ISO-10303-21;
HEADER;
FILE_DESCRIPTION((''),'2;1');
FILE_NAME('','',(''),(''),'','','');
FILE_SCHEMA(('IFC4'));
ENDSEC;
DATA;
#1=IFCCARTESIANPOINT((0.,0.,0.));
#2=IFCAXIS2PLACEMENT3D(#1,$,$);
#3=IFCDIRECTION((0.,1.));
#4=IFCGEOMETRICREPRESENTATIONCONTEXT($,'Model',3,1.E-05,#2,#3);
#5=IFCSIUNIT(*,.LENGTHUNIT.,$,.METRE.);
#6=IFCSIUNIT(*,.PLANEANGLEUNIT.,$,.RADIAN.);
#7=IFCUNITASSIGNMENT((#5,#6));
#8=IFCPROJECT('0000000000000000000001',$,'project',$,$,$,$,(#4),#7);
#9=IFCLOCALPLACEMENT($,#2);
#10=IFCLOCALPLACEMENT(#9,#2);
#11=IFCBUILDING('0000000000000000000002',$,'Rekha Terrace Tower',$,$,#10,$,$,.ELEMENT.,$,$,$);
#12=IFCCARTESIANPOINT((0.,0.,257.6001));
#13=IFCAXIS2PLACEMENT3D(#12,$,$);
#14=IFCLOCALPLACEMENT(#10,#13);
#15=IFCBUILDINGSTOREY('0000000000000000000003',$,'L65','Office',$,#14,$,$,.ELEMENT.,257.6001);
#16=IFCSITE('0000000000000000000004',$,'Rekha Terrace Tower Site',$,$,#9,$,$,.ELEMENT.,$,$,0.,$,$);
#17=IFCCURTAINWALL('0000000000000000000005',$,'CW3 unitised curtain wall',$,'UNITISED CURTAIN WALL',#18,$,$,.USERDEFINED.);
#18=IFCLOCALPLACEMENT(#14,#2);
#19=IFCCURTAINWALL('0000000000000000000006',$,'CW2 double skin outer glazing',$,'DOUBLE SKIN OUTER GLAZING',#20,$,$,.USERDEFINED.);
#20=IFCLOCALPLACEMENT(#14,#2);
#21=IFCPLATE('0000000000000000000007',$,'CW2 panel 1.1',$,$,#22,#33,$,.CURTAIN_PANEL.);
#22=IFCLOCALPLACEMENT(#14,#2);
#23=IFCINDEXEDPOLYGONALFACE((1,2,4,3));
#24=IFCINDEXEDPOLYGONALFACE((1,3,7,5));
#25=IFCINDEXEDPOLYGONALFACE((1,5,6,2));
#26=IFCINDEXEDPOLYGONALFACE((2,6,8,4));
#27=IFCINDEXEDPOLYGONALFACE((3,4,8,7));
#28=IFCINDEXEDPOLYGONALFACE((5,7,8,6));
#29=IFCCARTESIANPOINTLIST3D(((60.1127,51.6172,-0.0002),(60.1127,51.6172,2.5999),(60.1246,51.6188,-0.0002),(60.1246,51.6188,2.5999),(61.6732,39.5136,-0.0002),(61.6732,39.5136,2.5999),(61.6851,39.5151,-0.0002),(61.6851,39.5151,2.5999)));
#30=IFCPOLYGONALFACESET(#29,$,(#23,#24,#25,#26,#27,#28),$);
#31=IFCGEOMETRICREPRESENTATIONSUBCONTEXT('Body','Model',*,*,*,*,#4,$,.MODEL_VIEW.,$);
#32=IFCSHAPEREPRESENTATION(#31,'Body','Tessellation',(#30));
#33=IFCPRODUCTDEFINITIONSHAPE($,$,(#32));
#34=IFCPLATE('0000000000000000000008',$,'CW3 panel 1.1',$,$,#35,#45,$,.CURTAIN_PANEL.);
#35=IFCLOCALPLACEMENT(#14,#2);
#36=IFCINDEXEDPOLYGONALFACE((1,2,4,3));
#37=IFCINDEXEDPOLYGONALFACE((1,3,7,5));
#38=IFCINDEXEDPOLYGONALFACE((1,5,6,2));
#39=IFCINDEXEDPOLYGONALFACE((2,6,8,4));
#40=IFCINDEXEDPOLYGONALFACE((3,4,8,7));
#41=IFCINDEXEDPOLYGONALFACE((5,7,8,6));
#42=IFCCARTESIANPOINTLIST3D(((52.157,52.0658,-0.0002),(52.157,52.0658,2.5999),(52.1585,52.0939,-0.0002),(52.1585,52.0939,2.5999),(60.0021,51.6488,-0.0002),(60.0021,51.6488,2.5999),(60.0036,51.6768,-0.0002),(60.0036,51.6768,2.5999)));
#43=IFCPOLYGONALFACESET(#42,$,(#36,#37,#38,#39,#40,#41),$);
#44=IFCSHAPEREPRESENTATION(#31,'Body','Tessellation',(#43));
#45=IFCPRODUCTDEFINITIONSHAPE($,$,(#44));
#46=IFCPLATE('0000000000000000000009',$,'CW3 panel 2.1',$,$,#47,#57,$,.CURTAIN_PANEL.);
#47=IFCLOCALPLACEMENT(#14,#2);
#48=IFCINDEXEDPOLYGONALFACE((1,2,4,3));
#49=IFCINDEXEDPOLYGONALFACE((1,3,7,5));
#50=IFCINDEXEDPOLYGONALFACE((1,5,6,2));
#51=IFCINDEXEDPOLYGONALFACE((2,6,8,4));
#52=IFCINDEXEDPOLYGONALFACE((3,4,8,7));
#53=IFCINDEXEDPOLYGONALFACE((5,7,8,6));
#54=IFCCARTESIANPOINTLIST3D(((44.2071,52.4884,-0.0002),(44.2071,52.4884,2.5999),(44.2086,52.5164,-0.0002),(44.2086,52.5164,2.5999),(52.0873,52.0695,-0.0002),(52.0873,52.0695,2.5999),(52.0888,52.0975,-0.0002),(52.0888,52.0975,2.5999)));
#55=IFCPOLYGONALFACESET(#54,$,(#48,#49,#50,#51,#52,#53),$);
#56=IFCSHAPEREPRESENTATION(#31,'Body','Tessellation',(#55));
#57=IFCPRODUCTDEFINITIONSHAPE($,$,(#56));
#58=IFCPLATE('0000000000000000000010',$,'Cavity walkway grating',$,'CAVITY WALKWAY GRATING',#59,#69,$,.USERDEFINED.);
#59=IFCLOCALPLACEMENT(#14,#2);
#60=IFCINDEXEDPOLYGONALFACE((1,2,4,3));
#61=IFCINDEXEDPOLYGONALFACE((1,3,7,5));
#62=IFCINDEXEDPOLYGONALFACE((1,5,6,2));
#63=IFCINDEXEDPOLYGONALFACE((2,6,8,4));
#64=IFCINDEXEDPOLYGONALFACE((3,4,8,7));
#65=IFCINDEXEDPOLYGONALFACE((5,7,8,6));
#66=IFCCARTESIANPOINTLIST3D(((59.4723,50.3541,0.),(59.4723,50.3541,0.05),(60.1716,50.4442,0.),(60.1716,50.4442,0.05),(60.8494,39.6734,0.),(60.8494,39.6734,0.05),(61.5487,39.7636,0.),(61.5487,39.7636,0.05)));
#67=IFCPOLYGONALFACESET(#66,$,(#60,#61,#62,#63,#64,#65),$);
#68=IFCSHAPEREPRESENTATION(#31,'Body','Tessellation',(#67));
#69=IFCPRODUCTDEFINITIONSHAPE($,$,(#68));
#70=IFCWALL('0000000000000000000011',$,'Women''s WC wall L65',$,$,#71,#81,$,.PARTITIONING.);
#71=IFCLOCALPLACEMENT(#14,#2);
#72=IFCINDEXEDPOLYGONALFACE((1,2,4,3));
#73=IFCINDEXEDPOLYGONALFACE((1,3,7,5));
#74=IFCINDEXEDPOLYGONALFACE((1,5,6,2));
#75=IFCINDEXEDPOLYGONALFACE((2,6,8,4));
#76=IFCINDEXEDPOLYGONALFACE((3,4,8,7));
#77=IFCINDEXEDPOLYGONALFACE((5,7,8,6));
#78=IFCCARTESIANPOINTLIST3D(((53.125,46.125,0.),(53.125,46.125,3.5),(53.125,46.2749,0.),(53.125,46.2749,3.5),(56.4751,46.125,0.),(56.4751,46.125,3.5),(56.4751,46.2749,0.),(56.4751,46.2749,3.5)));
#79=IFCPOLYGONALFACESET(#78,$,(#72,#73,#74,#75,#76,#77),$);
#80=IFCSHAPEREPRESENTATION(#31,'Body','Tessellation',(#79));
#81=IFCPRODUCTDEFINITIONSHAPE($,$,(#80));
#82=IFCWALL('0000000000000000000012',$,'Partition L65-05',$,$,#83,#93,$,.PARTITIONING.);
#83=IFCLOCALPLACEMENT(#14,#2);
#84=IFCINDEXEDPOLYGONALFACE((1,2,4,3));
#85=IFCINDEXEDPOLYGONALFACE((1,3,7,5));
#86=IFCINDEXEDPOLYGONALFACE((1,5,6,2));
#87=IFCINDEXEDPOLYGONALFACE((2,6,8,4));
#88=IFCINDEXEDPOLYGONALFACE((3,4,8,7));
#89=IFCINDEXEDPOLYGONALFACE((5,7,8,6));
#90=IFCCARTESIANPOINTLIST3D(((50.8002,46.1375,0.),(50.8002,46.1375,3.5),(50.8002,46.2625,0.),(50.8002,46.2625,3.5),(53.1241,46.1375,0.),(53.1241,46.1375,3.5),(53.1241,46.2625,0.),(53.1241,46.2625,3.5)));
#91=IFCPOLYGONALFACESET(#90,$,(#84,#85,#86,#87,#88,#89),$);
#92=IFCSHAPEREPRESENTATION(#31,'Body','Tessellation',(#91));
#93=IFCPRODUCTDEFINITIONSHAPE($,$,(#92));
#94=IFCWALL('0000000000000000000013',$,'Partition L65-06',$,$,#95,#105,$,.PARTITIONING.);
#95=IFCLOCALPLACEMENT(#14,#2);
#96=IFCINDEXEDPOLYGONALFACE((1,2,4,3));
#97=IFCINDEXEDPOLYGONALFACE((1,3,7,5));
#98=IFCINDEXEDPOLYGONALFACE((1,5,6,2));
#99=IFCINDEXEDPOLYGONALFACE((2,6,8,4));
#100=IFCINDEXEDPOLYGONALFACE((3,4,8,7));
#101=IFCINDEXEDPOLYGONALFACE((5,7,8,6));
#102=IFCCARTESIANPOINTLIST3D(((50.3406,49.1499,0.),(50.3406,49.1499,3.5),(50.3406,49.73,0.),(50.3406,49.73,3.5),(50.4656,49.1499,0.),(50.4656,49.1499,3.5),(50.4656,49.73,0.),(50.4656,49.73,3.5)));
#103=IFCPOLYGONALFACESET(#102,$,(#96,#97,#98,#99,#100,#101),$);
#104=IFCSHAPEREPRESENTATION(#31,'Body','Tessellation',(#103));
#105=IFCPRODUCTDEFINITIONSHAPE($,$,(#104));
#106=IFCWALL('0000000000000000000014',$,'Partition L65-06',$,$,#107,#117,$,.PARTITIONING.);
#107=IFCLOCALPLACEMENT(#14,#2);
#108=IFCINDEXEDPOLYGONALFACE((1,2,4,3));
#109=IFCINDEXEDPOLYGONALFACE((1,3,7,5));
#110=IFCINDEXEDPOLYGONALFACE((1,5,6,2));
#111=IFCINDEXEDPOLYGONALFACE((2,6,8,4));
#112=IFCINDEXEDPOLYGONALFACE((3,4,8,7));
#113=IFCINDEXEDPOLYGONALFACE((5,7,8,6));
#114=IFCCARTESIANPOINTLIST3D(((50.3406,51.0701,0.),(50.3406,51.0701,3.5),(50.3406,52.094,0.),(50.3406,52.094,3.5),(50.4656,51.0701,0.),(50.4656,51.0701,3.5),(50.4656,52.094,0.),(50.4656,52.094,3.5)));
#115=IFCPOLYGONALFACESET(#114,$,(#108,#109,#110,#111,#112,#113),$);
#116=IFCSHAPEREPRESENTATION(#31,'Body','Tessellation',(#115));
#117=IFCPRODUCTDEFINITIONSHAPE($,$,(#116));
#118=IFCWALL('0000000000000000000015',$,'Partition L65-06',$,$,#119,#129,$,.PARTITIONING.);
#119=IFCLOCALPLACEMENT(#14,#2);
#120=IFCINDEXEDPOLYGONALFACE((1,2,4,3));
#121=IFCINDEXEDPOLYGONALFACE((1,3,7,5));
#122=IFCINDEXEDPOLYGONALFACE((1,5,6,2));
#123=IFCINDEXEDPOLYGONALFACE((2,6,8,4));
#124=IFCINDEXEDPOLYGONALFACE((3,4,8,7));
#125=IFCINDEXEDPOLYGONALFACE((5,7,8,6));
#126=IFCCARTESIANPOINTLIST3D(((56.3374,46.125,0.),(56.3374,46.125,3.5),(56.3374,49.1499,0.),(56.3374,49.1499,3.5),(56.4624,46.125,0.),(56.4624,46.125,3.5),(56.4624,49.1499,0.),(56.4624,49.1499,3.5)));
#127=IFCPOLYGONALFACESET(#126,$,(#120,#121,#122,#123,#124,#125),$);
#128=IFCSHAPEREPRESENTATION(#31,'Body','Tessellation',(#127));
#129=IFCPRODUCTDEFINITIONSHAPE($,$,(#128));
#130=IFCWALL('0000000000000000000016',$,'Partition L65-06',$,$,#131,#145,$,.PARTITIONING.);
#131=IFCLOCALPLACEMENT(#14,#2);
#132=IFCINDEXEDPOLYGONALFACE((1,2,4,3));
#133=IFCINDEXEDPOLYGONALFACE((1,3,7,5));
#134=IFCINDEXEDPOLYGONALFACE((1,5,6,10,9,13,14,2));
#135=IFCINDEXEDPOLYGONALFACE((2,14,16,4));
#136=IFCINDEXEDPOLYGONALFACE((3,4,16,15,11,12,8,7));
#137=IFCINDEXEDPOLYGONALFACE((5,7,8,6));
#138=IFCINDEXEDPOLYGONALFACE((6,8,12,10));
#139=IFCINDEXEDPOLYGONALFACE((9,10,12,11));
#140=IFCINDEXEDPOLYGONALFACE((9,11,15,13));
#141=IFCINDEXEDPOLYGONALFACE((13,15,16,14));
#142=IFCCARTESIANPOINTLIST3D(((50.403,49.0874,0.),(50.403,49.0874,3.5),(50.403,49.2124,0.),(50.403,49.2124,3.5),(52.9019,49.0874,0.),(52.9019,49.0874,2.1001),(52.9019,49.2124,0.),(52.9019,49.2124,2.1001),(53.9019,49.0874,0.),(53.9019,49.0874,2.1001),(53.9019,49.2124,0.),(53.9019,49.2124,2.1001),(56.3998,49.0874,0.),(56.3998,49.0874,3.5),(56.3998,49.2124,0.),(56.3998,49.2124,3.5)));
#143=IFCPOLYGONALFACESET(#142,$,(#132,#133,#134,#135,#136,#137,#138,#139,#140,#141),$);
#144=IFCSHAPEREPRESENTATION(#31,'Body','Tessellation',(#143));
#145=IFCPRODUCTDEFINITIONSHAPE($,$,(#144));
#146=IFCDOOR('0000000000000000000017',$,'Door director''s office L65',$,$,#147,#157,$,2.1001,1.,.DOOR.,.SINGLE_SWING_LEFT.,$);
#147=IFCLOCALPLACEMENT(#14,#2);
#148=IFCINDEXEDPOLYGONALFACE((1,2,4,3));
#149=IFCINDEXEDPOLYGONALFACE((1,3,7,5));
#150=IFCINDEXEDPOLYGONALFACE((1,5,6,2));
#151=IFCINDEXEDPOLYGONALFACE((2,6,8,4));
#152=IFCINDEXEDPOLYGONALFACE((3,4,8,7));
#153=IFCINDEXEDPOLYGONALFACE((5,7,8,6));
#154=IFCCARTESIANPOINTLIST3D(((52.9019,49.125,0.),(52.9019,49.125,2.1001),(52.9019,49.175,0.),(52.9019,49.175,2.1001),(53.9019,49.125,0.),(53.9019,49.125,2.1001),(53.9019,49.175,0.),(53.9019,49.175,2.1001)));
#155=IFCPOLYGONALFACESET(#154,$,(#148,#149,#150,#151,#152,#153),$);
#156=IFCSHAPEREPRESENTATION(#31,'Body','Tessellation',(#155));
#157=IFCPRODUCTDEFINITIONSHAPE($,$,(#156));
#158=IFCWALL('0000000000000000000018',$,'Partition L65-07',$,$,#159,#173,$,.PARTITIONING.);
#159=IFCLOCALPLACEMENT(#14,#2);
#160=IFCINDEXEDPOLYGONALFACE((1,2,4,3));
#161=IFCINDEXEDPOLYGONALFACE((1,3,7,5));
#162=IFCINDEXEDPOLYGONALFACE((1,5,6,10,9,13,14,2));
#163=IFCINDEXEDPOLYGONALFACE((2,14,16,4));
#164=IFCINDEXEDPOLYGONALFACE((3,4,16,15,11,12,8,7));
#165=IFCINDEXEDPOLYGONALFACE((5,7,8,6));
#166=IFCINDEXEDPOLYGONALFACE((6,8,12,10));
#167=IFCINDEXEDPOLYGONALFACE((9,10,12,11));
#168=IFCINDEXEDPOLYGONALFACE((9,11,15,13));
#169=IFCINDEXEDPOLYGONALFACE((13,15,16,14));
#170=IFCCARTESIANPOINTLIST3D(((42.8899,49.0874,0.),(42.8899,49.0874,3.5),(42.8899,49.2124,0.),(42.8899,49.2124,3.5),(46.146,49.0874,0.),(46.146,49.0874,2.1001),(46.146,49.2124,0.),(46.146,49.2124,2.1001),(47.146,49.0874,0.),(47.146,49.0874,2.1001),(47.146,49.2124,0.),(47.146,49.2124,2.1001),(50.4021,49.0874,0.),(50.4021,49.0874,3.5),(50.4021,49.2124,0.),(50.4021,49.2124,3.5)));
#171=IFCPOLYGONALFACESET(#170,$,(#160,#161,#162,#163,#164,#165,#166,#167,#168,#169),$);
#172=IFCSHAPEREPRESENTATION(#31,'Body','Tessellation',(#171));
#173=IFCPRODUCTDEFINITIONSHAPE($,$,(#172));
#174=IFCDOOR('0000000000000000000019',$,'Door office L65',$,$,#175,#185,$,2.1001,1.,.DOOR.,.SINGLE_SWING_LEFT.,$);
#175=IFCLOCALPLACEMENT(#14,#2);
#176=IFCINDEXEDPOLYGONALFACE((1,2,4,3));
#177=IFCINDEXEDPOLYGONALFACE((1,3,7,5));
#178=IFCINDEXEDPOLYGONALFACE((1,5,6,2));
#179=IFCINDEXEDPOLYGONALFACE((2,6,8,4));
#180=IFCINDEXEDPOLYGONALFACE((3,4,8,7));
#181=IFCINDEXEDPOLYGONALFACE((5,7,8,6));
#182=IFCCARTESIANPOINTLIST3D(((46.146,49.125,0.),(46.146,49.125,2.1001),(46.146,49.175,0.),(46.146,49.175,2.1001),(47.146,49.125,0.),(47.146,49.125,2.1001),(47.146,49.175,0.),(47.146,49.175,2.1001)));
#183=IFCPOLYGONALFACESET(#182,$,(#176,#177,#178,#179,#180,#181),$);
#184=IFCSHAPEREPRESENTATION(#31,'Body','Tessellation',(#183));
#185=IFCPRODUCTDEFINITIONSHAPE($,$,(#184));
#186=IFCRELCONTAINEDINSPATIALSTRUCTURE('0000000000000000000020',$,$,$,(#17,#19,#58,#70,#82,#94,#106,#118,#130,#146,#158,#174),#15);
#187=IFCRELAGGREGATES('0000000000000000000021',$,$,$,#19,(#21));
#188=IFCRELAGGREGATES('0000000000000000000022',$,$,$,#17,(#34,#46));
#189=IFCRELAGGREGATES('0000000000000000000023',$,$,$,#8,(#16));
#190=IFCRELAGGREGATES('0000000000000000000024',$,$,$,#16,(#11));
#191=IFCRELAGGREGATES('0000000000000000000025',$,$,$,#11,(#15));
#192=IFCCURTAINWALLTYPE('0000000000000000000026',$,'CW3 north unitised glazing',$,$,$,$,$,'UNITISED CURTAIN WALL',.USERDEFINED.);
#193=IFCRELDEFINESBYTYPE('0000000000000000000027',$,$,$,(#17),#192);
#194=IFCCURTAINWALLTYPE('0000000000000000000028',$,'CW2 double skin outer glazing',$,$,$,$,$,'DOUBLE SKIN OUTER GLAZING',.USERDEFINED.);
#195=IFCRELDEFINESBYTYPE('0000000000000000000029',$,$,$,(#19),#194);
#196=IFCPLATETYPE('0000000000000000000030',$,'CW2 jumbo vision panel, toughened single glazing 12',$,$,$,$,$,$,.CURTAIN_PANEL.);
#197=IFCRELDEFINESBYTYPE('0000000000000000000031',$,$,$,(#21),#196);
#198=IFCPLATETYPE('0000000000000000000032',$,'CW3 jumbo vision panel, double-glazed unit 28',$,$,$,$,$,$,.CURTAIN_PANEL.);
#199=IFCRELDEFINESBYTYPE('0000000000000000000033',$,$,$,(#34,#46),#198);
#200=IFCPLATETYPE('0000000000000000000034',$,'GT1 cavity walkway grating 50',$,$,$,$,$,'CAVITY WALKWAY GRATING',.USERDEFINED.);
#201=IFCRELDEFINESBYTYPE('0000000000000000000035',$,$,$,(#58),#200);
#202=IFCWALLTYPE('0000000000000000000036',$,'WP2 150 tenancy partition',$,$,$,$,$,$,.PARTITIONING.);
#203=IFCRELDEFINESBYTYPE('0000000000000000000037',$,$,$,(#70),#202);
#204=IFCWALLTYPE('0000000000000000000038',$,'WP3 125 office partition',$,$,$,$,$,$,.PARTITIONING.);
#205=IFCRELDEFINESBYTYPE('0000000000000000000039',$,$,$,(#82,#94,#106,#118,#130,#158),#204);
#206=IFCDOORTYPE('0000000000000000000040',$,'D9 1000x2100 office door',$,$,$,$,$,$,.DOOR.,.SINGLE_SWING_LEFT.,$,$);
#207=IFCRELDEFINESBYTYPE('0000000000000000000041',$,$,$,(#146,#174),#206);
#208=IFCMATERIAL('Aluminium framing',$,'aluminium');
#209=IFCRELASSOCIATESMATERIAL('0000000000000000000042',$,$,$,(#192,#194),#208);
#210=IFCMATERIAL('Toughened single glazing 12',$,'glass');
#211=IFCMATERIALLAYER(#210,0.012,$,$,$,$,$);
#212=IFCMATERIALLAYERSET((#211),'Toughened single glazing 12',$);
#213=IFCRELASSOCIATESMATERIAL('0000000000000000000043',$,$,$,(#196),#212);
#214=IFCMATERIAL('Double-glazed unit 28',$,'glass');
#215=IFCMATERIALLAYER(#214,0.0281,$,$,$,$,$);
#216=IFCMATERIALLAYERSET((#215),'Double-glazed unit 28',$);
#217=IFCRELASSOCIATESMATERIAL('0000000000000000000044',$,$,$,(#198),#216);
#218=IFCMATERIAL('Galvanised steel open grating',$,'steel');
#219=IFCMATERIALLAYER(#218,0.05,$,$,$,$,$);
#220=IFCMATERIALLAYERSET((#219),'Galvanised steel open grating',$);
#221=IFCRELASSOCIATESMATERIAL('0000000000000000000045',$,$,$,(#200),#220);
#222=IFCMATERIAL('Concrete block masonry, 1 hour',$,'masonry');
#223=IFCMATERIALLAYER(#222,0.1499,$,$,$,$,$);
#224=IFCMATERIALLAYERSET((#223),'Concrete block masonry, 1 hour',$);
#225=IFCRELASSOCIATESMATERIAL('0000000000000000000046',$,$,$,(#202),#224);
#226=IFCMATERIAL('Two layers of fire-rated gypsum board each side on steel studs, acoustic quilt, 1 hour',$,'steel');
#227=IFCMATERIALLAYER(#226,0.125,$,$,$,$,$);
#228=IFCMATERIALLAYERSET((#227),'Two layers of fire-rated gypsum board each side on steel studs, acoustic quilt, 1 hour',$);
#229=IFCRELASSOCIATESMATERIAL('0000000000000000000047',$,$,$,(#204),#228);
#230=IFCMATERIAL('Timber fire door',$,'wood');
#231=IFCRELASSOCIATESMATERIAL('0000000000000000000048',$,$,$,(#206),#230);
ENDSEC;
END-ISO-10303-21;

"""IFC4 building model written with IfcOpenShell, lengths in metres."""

from ifc_helpers import new_model, si_unit, direction, frame, frame_2d, origin, origin_2d, place, context, subcontext, project, spatial, rectangle, extrude, material, layer, layer_set, type_object, element, fill, aggregate, save


model = new_model("IFC4")

# Units and contexts
model_context = context("Model", 3, precision=1e-05, world=origin(), true_north=direction((0.0, 1.0)))
body_context = subcontext(model_context, "Body", "Model", "MODEL_VIEW")
ifc_project = project(units=[si_unit("LENGTHUNIT", "METRE"), si_unit("PLANEANGLEUNIT", "RADIAN")], contexts=[model_context])

# Site, building, storey
site_placement = place(None, origin())
site = spatial("IfcSite", under=ifc_project, at=site_placement, Name="Rekha Terrace Tower Site", CompositionType="ELEMENT", RefElevation=0.0)
building_placement = place(site_placement, origin())
building = spatial("IfcBuilding", under=site, at=building_placement, Name="Rekha Terrace Tower", CompositionType="ELEMENT")
storey_placement = place(building_placement, frame((0.0, 0.0, 257.6001)))
storey = spatial("IfcBuildingStorey", under=building, at=storey_placement, Name="L65", Description="Office", CompositionType="ELEMENT", Elevation=257.6001)

# Curtain walls
ifc_material_1 = material(Name="Aluminium framing", Category="aluminium")
curtain_wall_type_1 = type_object("IfcCurtainWallType", Name="CW3 north unitised glazing", ElementType="UNITISED CURTAIN WALL", PredefinedType="USERDEFINED", material=ifc_material_1)
curtain_wall_1_placement = place(storey_placement, origin())
curtain_wall_1 = element("IfcCurtainWall", 1, at=curtain_wall_1_placement, inside=storey, type_object=curtain_wall_type_1, Name="CW3 unitised curtain wall", ObjectType="UNITISED CURTAIN WALL", PredefinedType="USERDEFINED")
curtain_wall_type_2 = type_object("IfcCurtainWallType", Name="CW2 double skin outer glazing", ElementType="DOUBLE SKIN OUTER GLAZING", PredefinedType="USERDEFINED", material=ifc_material_1)
curtain_wall_2_placement = place(storey_placement, origin())
curtain_wall_2 = element("IfcCurtainWall", 2, at=curtain_wall_2_placement, inside=storey, type_object=curtain_wall_type_2, Name="CW2 double skin outer glazing", ObjectType="DOUBLE SKIN OUTER GLAZING", PredefinedType="USERDEFINED")

# Plates
ifc_material_2 = material(Name="Toughened single glazing 12", Category="glass")
ifc_layer_1 = layer(ifc_material_2, 0.012)
ifc_layer_set_1 = layer_set([ifc_layer_1], Name="Toughened single glazing 12")
plate_type_1 = type_object("IfcPlateType", Name="CW2 jumbo vision panel, toughened single glazing 12", PredefinedType="CURTAIN_PANEL", material=ifc_layer_set_1)
plate_1_placement = place(storey_placement, frame((60.8989, 45.5662, -0.0002), z_axis=(0.0, 0.0, 1.0), x_axis=(-0.12787, 0.991791, 0.0)))
plate_1 = element("IfcPlate", 3, at=plate_1_placement, type_object=plate_type_1, Name="CW2 panel 1.1", PredefinedType="CURTAIN_PANEL", context=body_context, shape_type="SweptSolid", body=[
    extrude(rectangle(XDim=12.2039, YDim=0.012, at=origin_2d()), origin(), (0.0, 0.0, 1.0), 2.6001),
])
aggregate(curtain_wall_2, [plate_1])
ifc_material_3 = material(Name="Double-glazed unit 28", Category="glass")
ifc_layer_2 = layer(ifc_material_3, 0.0281)
ifc_layer_set_2 = layer_set([ifc_layer_2], Name="Double-glazed unit 28")
plate_type_2 = type_object("IfcPlateType", Name="CW3 jumbo vision panel, double-glazed unit 28", PredefinedType="CURTAIN_PANEL", material=ifc_layer_set_2)
plate_2_placement = place(storey_placement, frame((56.0803, 51.8713, -0.0002), z_axis=(0.0, 0.0, 1.0), x_axis=(-0.99859, 0.053083, 0.0)))
plate_2 = element("IfcPlate", 4, at=plate_2_placement, type_object=plate_type_2, Name="CW3 panel 1.1", PredefinedType="CURTAIN_PANEL", context=body_context, shape_type="SweptSolid", body=[
    extrude(rectangle(XDim=7.8562, YDim=0.0281, at=origin_2d()), origin(), (0.0, 0.0, 1.0), 2.6001),
])
plate_3_placement = place(storey_placement, frame((48.1479, 52.293, -0.0002), z_axis=(0.0, 0.0, 1.0), x_axis=(-0.99859, 0.053083, 0.0)))
plate_3 = element("IfcPlate", 5, at=plate_3_placement, type_object=plate_type_2, Name="CW3 panel 2.1", PredefinedType="CURTAIN_PANEL", context=body_context, shape_type="SweptSolid", body=[
    extrude(rectangle(XDim=7.8914, YDim=0.0281, at=origin_2d()), origin(), (0.0, 0.0, 1.0), 2.6001),
])
aggregate(curtain_wall_1, [plate_2, plate_3])
ifc_material_4 = material(Name="Galvanised steel open grating", Category="steel")
ifc_layer_3 = layer(ifc_material_4, 0.05)
ifc_layer_set_3 = layer_set([ifc_layer_3], Name="Galvanised steel open grating")
plate_type_3 = type_object("IfcPlateType", Name="GT1 cavity walkway grating 50", ElementType="CAVITY WALKWAY GRATING", PredefinedType="USERDEFINED", material=ifc_layer_set_3)
plate_4_placement = place(storey_placement, frame((60.5105, 45.0588, 0.0), z_axis=(0.0, 0.0, 1.0), x_axis=(-0.12787, 0.991791, 0.0)))
element("IfcPlate", 6, at=plate_4_placement, inside=storey, type_object=plate_type_3, Name="Cavity walkway grating", ObjectType="CAVITY WALKWAY GRATING", PredefinedType="USERDEFINED", context=body_context, shape_type="SweptSolid", body=[
    extrude(rectangle(XDim=10.769, YDim=0.7051, at=origin_2d()), origin(), (0.0, 0.0, 1.0), 0.05),
])

# Walls
ifc_material_5 = material(Name="Concrete block masonry, 1 hour", Category="masonry")
ifc_layer_4 = layer(ifc_material_5, 0.1499)
ifc_layer_set_4 = layer_set([ifc_layer_4], Name="Concrete block masonry, 1 hour")
wall_type_1 = type_object("IfcWallType", Name="WP2 150 tenancy partition", PredefinedType="PARTITIONING", material=ifc_layer_set_4)
wall_1_placement = place(storey_placement, frame((53.125, 46.2, 0.0), z_axis=(0.0, 0.0, 1.0), x_axis=(1.0, 0.0, 0.0)))
element("IfcWall", 7, at=wall_1_placement, inside=storey, type_object=wall_type_1, Name="Women's WC wall L65", PredefinedType="PARTITIONING", context=body_context, shape_type="SweptSolid", body=[
    extrude(rectangle(XDim=3.3501, YDim=0.1499, at=frame_2d((1.675, 0.0))), origin(), (0.0, 0.0, 1.0), 3.5),
])
ifc_material_6 = material(Name="Two layers of fire-rated gypsum board each side on steel studs, acoustic quilt, 1 hour", Category="steel")
ifc_layer_5 = layer(ifc_material_6, 0.125)
ifc_layer_set_5 = layer_set([ifc_layer_5], Name="Two layers of fire-rated gypsum board each side on steel studs, acoustic quilt, 1 hour")
wall_type_2 = type_object("IfcWallType", Name="WP3 125 office partition", PredefinedType="PARTITIONING", material=ifc_layer_set_5)
wall_2_placement = place(storey_placement, frame((50.8, 46.2, 0.0), z_axis=(0.0, 0.0, 1.0), x_axis=(1.0, 0.0, 0.0)))
element("IfcWall", 8, at=wall_2_placement, inside=storey, type_object=wall_type_2, Name="Partition L65-05", PredefinedType="PARTITIONING", context=body_context, shape_type="SweptSolid", body=[
    extrude(rectangle(XDim=2.324, YDim=0.125, at=frame_2d((1.1621, 0.0))), origin(), (0.0, 0.0, 1.0), 3.5),
])
wall_3_placement = place(storey_placement, frame((50.4031, 49.1499, 0.0), z_axis=(0.0, 0.0, 1.0), x_axis=(0.0, 1.0, 0.0)))
element("IfcWall", 9, at=wall_3_placement, inside=storey, type_object=wall_type_2, Name="Partition L65-06", PredefinedType="PARTITIONING", context=body_context, shape_type="SweptSolid", body=[
    extrude(rectangle(XDim=0.5801, YDim=0.125, at=frame_2d((0.29, 0.0))), origin(), (0.0, 0.0, 1.0), 3.5),
])
wall_4_placement = place(storey_placement, frame((50.4031, 51.0701, 0.0), z_axis=(0.0, 0.0, 1.0), x_axis=(0.0, 1.0, 0.0)))
element("IfcWall", 10, at=wall_4_placement, inside=storey, type_object=wall_type_2, Name="Partition L65-06", PredefinedType="PARTITIONING", context=body_context, shape_type="SweptSolid", body=[
    extrude(rectangle(XDim=1.0239, YDim=0.125, at=frame_2d((0.512, 0.0))), origin(), (0.0, 0.0, 1.0), 3.5),
])
wall_5_placement = place(storey_placement, frame((56.3999, 46.125, 0.0), z_axis=(0.0, 0.0, 1.0), x_axis=(0.0, 1.0, 0.0)))
element("IfcWall", 11, at=wall_5_placement, inside=storey, type_object=wall_type_2, Name="Partition L65-06", PredefinedType="PARTITIONING", context=body_context, shape_type="SweptSolid", body=[
    extrude(rectangle(XDim=3.0249, YDim=0.125, at=frame_2d((1.5125, 0.0))), origin(), (0.0, 0.0, 1.0), 3.5),
])

# Walls, openings, doors
wall_6_placement = place(storey_placement, frame((56.3999, 49.1499, 0.0), z_axis=(0.0, 0.0, 1.0), x_axis=(-1.0, 0.0, 0.0)))
wall_6 = element("IfcWall", 12, at=wall_6_placement, inside=storey, type_object=wall_type_2, Name="Partition L65-06", PredefinedType="PARTITIONING", context=body_context, shape_type="SweptSolid", body=[
    extrude(rectangle(XDim=5.9968, YDim=0.125, at=frame_2d((2.9985, 0.0))), origin(), (0.0, 0.0, 1.0), 3.5),
])
opening_1_placement = place(wall_6_placement, frame((2.498, 0.0, 0.0)))
opening_1 = element("IfcOpeningElement", 13, at=opening_1_placement, cuts=wall_6, PredefinedType="OPENING", context=body_context, shape_type="SweptSolid", body=[
    extrude(rectangle(XDim=1.0, YDim=2.1001, at=frame_2d((0.5, 1.05))), frame((0.0, 0.0725, 0.0), z_axis=(0.0, -1.0, 0.0), x_axis=(1.0, 0.0, 0.0)), (0.0, 0.0, 1.0), 0.145),
])
ifc_material_7 = material(Name="Timber fire door", Category="wood")
door_type = type_object("IfcDoorType", Name="D9 1000x2100 office door", OperationType="SINGLE_SWING_LEFT", PredefinedType="DOOR", material=ifc_material_7)
door_1_placement = place(opening_1_placement, origin())
door_1 = element("IfcDoor", 14, at=door_1_placement, inside=storey, type_object=door_type, Name="Door director's office L65", OperationType="SINGLE_SWING_LEFT", OverallHeight=2.1001, OverallWidth=1.0, PredefinedType="DOOR", context=body_context, shape_type="SweptSolid", body=[
    extrude(rectangle(XDim=1.0, YDim=2.1001, at=frame_2d((0.5, 1.05))), frame((0.0, 0.0249, 0.0), z_axis=(0.0, -1.0, 0.0), x_axis=(1.0, 0.0, 0.0)), (0.0, 0.0, 1.0), 0.05),
])
fill(opening_1, door_1)
wall_7_placement = place(storey_placement, frame((50.4021, 49.1499, 0.0), z_axis=(0.0, 0.0, 1.0), x_axis=(-1.0, 0.0, 0.0)))
wall_7 = element("IfcWall", 15, at=wall_7_placement, inside=storey, type_object=wall_type_2, Name="Partition L65-07", PredefinedType="PARTITIONING", context=body_context, shape_type="SweptSolid", body=[
    extrude(rectangle(XDim=7.5122, YDim=0.125, at=frame_2d((3.7561, 0.0))), origin(), (0.0, 0.0, 1.0), 3.5),
])
opening_2_placement = place(wall_7_placement, frame((3.2561, 0.0, 0.0)))
opening_2 = element("IfcOpeningElement", 16, at=opening_2_placement, cuts=wall_7, PredefinedType="OPENING", context=body_context, shape_type="SweptSolid", body=[
    extrude(rectangle(XDim=1.0, YDim=2.1001, at=frame_2d((0.5, 1.05))), frame((0.0, 0.0725, 0.0), z_axis=(0.0, -1.0, 0.0), x_axis=(1.0, 0.0, 0.0)), (0.0, 0.0, 1.0), 0.145),
])
door_2_placement = place(opening_2_placement, origin())
door_2 = element("IfcDoor", 17, at=door_2_placement, inside=storey, type_object=door_type, Name="Door office L65", OperationType="SINGLE_SWING_LEFT", OverallHeight=2.1001, OverallWidth=1.0, PredefinedType="DOOR", context=body_context, shape_type="SweptSolid", body=[
    extrude(rectangle(XDim=1.0, YDim=2.1001, at=frame_2d((0.5, 1.05))), frame((0.0, 0.0249, 0.0), z_axis=(0.0, -1.0, 0.0), x_axis=(1.0, 0.0, 0.0)), (0.0, 0.0, 1.0), 0.05),
])
fill(opening_2, door_2)

save(model, "model.ifc")
